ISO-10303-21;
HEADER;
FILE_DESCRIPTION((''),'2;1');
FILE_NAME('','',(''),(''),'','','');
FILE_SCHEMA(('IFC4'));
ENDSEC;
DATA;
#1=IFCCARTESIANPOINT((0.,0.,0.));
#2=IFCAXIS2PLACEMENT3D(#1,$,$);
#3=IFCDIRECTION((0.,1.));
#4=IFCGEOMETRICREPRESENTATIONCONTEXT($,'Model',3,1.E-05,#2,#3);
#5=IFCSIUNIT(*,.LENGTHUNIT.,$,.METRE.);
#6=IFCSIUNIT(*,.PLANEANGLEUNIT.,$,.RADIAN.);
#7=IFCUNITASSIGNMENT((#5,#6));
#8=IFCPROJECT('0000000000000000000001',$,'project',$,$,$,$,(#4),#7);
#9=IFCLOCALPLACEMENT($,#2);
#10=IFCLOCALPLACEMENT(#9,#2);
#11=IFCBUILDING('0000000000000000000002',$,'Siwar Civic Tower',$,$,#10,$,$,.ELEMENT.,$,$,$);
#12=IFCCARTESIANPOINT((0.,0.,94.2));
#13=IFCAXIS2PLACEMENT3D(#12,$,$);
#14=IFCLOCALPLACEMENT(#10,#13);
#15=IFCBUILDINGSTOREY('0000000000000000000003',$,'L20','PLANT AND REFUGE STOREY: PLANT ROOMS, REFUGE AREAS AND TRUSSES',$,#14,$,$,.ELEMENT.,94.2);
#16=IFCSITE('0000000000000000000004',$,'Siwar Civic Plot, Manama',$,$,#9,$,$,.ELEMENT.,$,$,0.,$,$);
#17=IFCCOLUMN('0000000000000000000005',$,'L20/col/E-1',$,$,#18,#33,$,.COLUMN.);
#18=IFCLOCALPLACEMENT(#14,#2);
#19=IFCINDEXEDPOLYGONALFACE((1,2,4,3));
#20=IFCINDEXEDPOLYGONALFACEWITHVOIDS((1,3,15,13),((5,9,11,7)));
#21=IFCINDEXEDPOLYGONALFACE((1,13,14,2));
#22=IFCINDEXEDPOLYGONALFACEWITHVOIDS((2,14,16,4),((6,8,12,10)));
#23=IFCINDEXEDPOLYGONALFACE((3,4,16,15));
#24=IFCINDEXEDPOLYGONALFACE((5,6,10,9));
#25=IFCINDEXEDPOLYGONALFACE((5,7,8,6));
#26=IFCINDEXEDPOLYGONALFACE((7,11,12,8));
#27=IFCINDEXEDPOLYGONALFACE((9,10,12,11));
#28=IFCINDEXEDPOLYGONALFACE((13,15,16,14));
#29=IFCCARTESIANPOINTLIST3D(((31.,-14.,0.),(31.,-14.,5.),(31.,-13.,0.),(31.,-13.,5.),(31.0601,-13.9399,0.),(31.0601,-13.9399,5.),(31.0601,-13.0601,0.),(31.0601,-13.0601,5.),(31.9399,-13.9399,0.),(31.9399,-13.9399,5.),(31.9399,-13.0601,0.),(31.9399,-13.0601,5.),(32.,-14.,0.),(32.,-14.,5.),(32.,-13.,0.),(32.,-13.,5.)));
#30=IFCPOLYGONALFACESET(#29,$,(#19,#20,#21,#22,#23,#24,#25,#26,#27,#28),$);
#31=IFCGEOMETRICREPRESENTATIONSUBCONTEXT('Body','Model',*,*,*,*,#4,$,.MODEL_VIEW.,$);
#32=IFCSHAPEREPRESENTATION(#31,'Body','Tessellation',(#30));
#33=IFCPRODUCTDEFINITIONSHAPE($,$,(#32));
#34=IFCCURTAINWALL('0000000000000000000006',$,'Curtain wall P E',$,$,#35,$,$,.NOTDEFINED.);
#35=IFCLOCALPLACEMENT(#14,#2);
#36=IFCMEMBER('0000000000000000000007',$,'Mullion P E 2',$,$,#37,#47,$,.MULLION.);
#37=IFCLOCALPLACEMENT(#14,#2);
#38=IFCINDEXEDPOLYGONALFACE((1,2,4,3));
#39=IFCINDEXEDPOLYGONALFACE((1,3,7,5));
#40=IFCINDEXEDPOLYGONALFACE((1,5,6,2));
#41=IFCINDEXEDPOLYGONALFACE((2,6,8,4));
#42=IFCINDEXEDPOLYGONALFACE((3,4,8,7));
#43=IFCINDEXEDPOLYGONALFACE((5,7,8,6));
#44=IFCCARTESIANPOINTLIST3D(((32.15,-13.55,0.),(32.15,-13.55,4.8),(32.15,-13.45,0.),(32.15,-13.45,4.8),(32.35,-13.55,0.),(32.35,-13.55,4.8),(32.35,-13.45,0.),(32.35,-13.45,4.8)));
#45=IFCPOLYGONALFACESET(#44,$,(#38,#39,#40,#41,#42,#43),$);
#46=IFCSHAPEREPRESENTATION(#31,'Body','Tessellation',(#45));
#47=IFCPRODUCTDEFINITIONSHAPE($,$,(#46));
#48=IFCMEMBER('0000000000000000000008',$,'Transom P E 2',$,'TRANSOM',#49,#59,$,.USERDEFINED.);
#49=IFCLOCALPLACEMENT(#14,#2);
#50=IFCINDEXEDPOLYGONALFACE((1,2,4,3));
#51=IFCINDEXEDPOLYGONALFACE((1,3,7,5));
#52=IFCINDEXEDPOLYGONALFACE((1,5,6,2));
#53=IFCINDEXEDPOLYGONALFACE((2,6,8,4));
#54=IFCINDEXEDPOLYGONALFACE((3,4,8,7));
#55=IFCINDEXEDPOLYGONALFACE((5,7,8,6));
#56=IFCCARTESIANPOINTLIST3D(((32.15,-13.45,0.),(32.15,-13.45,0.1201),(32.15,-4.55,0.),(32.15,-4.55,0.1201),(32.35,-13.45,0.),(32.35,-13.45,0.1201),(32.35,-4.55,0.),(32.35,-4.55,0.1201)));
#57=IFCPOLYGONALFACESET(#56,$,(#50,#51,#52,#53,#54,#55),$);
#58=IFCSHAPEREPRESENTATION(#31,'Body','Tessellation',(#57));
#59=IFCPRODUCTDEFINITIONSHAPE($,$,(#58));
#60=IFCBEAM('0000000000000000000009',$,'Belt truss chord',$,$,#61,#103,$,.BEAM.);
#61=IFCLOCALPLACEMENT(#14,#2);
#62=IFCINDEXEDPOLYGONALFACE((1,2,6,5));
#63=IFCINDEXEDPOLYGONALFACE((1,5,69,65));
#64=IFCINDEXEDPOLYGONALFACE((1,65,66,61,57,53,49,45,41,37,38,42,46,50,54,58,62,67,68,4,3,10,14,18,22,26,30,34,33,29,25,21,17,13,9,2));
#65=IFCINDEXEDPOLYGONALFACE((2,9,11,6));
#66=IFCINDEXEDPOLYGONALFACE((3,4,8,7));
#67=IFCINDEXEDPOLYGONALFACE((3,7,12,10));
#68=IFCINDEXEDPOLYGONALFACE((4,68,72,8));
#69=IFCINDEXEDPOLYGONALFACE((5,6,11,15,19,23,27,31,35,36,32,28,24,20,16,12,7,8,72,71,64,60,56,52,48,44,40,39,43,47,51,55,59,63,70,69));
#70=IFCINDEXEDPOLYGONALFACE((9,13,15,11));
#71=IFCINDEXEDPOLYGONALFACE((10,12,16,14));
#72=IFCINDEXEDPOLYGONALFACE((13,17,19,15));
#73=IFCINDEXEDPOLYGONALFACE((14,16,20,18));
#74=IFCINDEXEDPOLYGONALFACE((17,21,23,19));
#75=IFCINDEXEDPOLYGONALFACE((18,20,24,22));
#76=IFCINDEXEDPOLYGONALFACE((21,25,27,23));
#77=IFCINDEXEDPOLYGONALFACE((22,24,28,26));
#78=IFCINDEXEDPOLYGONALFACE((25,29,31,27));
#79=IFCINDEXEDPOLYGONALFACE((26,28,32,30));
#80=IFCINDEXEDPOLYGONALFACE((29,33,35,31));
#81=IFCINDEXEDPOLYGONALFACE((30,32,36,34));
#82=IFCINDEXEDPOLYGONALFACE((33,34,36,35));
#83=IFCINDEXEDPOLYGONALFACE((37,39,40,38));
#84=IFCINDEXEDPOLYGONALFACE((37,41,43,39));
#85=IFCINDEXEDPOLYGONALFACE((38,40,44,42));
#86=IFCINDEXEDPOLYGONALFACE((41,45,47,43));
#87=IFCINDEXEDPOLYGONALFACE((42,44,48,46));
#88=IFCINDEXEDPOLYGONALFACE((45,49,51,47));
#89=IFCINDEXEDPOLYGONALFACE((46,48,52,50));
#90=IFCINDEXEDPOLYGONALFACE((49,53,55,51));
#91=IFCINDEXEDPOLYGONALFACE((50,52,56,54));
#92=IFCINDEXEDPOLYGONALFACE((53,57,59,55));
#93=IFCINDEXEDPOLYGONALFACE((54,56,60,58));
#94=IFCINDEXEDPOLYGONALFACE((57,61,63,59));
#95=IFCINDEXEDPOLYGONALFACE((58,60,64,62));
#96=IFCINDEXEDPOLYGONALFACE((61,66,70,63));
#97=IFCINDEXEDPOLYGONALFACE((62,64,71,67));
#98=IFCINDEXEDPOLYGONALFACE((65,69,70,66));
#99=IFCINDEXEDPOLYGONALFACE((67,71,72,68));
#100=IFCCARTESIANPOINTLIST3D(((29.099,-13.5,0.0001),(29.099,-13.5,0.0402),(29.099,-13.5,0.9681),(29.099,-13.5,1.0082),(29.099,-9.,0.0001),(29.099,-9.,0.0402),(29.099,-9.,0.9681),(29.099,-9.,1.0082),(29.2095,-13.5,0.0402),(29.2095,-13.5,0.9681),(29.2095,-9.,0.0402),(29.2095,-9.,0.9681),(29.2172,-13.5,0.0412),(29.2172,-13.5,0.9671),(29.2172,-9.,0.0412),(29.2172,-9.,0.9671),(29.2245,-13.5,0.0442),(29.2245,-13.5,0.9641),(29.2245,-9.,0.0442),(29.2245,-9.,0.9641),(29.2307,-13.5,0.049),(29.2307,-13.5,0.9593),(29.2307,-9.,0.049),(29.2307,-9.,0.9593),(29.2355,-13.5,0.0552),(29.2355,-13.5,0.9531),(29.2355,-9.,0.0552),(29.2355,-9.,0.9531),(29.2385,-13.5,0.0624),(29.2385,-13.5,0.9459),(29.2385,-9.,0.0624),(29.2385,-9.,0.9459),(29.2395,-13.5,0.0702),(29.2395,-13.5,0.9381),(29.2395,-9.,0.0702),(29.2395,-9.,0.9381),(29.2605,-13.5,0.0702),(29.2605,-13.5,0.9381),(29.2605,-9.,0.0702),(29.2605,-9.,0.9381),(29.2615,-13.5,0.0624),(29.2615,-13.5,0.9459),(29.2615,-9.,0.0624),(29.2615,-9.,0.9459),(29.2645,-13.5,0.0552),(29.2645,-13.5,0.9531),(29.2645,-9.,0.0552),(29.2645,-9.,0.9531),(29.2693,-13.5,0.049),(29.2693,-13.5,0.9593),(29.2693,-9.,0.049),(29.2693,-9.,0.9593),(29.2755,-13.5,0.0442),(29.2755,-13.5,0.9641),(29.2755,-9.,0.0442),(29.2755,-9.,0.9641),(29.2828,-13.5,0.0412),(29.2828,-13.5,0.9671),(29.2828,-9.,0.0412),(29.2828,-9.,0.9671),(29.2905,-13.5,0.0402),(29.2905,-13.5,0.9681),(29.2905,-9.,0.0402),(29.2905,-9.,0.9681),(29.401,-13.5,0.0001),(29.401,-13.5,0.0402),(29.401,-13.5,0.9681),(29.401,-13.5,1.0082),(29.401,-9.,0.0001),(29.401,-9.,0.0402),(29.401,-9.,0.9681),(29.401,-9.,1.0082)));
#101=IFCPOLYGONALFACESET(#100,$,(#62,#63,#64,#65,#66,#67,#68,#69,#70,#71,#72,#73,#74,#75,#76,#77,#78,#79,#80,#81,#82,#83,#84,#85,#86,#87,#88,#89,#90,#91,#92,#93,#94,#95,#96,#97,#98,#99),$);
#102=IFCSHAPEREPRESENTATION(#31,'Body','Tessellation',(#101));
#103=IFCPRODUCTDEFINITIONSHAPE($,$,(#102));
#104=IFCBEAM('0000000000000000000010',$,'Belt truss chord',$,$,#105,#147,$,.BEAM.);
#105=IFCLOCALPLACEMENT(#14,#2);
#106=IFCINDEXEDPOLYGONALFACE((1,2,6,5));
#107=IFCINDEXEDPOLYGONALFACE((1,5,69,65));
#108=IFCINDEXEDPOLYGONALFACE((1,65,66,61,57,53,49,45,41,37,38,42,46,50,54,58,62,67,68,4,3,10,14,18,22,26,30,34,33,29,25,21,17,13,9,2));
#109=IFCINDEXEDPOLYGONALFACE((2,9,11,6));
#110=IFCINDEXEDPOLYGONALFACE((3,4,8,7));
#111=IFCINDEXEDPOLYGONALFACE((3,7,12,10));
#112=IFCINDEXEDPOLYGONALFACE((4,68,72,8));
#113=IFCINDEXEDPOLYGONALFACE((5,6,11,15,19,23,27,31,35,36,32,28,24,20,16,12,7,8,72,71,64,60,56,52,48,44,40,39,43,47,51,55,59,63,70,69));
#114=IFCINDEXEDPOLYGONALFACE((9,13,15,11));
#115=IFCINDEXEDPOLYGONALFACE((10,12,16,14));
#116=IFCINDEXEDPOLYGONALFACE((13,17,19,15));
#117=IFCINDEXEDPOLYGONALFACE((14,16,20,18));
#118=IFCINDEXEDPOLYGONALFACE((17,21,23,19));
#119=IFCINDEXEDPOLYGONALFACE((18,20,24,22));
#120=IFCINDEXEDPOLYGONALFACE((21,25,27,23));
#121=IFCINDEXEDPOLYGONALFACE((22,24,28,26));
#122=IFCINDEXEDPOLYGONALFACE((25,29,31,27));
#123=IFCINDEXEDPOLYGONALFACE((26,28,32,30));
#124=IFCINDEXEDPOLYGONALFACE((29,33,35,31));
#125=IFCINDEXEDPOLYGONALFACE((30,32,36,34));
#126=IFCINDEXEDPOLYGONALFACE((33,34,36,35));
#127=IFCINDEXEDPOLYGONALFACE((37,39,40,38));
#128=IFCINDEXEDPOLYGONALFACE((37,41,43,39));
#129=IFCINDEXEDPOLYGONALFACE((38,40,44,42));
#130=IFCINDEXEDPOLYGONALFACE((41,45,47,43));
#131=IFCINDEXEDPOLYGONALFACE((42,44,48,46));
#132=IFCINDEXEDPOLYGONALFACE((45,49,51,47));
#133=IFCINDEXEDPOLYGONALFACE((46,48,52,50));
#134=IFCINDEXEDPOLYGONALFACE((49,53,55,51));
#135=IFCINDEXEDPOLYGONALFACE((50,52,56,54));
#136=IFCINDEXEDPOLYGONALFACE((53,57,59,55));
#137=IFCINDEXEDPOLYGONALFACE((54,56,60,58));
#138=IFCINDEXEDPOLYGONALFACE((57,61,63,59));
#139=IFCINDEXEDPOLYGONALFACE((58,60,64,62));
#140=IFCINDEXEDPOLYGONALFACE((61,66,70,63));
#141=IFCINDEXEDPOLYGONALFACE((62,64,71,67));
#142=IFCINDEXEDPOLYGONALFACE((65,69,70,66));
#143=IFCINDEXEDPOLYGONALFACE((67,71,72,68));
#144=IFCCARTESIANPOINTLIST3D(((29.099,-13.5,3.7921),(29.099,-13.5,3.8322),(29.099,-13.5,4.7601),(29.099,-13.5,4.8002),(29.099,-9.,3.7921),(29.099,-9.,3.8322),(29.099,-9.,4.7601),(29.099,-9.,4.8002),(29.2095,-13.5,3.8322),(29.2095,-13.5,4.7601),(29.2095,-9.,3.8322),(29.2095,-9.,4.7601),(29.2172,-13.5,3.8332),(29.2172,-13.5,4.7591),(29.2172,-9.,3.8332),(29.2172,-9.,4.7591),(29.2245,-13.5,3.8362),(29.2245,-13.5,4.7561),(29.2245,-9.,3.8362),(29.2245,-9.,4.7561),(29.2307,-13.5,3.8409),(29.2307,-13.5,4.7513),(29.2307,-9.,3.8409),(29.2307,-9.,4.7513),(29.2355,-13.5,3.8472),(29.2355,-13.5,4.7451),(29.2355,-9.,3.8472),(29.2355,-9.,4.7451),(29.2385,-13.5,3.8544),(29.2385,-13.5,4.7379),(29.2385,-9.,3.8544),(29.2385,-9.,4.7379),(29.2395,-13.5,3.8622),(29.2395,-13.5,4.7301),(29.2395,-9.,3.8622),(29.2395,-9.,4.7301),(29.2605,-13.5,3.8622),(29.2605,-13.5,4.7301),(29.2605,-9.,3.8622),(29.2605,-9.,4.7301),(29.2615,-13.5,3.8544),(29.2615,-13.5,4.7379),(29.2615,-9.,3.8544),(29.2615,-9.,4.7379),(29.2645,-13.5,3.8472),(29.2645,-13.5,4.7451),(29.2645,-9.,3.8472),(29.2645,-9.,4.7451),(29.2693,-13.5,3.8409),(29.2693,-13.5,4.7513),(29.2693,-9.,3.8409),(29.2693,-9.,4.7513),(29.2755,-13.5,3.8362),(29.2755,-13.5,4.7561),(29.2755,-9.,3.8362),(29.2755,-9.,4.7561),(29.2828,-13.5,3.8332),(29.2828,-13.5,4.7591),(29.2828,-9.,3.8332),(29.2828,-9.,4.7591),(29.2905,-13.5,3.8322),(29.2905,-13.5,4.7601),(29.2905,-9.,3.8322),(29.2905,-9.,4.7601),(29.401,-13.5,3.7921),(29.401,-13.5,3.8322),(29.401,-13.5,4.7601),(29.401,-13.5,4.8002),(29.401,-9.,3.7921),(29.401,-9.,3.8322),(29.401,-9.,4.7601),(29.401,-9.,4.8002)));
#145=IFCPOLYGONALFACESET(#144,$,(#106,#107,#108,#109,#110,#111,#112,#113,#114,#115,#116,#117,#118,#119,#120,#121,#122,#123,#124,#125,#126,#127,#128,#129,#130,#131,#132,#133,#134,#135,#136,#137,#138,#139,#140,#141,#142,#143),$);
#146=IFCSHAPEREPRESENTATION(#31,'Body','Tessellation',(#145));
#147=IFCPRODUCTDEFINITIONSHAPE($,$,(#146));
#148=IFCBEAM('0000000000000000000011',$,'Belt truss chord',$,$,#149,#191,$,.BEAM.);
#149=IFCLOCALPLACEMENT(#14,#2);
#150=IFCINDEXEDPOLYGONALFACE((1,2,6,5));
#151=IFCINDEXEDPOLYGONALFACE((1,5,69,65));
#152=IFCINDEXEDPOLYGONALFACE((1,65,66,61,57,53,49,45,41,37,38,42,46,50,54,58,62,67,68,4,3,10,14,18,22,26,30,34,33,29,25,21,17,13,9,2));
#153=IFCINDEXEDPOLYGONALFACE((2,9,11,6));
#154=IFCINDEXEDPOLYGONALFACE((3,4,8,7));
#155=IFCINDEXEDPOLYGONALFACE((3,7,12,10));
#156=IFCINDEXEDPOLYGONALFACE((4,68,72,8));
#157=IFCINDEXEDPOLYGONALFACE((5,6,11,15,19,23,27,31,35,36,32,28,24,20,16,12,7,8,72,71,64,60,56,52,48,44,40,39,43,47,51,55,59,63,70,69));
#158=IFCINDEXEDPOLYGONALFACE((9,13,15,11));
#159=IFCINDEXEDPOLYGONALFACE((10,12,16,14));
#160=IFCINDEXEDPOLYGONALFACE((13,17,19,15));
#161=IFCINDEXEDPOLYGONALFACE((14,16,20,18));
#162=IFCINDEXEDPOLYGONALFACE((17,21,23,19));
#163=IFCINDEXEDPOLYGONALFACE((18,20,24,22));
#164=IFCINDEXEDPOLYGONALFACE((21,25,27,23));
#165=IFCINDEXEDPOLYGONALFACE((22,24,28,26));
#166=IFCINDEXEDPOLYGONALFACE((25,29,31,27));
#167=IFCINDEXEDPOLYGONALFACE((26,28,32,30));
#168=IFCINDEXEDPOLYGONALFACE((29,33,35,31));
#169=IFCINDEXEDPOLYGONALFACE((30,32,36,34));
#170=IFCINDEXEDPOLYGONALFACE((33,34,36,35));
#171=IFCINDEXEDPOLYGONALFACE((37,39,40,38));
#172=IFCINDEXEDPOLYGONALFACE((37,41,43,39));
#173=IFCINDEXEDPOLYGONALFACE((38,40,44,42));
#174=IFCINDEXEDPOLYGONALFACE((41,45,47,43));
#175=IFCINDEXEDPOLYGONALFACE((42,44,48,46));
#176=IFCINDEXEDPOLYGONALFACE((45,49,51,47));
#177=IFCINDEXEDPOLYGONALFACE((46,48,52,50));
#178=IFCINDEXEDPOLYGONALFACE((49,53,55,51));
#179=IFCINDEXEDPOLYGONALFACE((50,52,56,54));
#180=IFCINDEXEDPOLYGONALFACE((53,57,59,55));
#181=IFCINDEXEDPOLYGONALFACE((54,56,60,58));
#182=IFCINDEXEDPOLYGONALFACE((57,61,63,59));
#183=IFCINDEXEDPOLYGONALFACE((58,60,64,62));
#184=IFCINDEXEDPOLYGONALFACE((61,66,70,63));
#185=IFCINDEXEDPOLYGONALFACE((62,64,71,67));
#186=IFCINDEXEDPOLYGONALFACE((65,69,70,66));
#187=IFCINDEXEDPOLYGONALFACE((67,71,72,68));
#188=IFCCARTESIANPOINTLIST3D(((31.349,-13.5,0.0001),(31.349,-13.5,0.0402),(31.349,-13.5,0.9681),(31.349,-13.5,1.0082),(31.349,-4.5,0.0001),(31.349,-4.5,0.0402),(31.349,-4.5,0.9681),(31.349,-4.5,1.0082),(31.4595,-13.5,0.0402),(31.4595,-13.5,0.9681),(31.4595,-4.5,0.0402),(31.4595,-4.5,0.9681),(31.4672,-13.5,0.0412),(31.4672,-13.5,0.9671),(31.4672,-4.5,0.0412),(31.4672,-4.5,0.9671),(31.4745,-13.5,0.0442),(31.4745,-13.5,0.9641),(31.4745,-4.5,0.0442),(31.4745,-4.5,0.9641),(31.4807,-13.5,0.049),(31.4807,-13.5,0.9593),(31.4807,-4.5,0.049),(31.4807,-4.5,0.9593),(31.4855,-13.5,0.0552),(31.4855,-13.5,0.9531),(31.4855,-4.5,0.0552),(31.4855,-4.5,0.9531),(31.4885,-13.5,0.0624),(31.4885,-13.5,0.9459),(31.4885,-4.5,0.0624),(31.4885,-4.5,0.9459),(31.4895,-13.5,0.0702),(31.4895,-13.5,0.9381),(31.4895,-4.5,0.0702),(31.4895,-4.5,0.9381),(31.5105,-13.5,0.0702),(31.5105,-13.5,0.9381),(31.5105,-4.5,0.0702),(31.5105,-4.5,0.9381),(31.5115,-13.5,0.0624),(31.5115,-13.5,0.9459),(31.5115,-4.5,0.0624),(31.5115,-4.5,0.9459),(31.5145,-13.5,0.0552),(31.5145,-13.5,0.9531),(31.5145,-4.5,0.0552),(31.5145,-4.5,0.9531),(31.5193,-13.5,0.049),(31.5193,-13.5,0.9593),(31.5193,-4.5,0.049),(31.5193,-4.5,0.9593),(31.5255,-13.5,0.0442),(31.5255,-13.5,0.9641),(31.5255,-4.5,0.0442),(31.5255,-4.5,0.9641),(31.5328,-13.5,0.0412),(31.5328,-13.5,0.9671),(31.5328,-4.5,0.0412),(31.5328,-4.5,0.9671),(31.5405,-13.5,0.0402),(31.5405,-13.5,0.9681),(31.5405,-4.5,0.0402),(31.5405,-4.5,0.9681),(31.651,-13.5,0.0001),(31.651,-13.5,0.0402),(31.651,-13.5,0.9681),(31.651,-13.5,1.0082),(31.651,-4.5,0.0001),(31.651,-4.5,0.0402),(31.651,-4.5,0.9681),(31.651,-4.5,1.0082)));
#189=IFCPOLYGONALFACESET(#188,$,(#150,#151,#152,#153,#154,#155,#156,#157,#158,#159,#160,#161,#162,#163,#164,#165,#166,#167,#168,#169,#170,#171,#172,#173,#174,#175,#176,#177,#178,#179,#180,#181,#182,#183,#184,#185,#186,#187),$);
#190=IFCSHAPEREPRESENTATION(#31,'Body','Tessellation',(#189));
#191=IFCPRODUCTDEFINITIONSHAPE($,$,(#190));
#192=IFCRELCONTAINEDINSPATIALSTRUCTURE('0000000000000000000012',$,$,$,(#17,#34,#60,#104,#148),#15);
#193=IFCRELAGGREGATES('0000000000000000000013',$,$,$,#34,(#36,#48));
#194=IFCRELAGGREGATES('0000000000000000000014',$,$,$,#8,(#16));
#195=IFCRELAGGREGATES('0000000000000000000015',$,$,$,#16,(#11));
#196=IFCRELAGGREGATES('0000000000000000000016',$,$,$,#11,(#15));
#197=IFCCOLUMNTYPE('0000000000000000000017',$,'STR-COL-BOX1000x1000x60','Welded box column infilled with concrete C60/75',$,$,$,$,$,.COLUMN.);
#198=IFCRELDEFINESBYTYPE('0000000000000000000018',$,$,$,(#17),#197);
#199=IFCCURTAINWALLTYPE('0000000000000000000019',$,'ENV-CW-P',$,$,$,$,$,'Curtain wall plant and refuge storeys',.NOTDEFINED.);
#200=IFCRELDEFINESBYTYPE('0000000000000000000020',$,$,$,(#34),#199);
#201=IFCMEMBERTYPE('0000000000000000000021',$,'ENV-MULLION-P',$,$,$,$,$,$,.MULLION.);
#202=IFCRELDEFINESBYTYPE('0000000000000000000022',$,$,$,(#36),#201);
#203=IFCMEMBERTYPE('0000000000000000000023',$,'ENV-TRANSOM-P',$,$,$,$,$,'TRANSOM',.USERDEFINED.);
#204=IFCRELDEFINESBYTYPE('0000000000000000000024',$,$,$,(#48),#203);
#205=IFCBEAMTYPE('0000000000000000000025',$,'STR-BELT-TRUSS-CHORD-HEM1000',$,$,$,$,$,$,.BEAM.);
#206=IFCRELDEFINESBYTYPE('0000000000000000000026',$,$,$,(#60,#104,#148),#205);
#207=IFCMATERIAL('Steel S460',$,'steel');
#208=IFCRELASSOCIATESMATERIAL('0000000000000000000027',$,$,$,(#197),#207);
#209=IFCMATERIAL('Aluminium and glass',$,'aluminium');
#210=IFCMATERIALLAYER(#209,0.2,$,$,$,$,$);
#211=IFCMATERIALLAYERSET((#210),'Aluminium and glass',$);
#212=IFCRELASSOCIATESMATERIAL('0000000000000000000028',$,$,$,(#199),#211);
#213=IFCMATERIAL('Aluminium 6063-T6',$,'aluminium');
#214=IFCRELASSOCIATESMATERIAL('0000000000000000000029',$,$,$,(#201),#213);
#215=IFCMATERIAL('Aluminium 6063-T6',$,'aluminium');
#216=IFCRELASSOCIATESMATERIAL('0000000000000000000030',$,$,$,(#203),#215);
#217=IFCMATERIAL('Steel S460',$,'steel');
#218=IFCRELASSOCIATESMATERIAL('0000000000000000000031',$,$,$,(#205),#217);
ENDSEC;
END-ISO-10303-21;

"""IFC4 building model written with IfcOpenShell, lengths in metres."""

from ifc_helpers import new_model, si_unit, direction, frame, origin, origin_2d, place, context, subcontext, project, spatial, rectangle, hollow_rectangle, i_section, extrude, material, layer, layer_set, material_profile, profile_set, type_object, element, aggregate, save


model = new_model("IFC4")

# Units and contexts
model_context = context("Model", 3, precision=1e-05, world=origin(), true_north=direction((0.0, 1.0)))
body_context = subcontext(model_context, "Body", "Model", "MODEL_VIEW")
ifc_project = project(units=[si_unit("LENGTHUNIT", "METRE"), si_unit("PLANEANGLEUNIT", "RADIAN")], contexts=[model_context])

# Site, building, storey
site_placement = place(None, origin())
site = spatial("IfcSite", under=ifc_project, at=site_placement, Name="Siwar Civic Plot, Manama", CompositionType="ELEMENT", RefElevation=0.0)
building_placement = place(site_placement, origin())
building = spatial("IfcBuilding", under=site, at=building_placement, Name="Siwar Civic Tower", CompositionType="ELEMENT")
storey_placement = place(building_placement, frame((0.0, 0.0, 94.2)))
storey = spatial("IfcBuildingStorey", under=building, at=storey_placement, Name="L20", Description="PLANT AND REFUGE STOREY: PLANT ROOMS, REFUGE AREAS AND TRUSSES", CompositionType="ELEMENT", Elevation=94.2)

# Column
ifc_material_1 = material(Name="Steel S460", Category="steel")
ifc_material_profile_1 = material_profile(ifc_material_1, hollow_rectangle(XDim=1.0, YDim=1.0, WallThickness=0.0601, at=origin_2d()), Name="BOX1000x1000x60")
ifc_profile_set_1 = profile_set([ifc_material_profile_1], Name="Steel S460")
column_type = type_object("IfcColumnType", Name="STR-COL-BOX1000x1000x60", Description="Welded box column infilled with concrete C60/75", PredefinedType="COLUMN", material=ifc_profile_set_1)
column_placement = place(storey_placement, frame((31.5, -13.5, 0.0), z_axis=(0.0, 0.0, 1.0), x_axis=(1.0, 0.0, 0.0)))
element("IfcColumn", 1, at=column_placement, inside=storey, type_object=column_type, Name="L20/col/E-1", PredefinedType="COLUMN", context=body_context, shape_type="SweptSolid", body=[
    extrude(hollow_rectangle(XDim=1.0, YDim=1.0, WallThickness=0.0601, at=origin_2d()), origin(), (0.0, 0.0, 1.0), 5.0),
])

# Curtain wall, members
ifc_material_2 = material(Name="Aluminium and glass", Category="aluminium")
ifc_layer_1 = layer(ifc_material_2, 0.2)
ifc_layer_set_1 = layer_set([ifc_layer_1], Name="Aluminium and glass")
curtain_wall_type = type_object("IfcCurtainWallType", Name="ENV-CW-P", ElementType="Curtain wall plant and refuge storeys", PredefinedType="NOTDEFINED", material=ifc_layer_set_1)
curtain_wall_placement = place(storey_placement, origin())
curtain_wall = element("IfcCurtainWall", 2, at=curtain_wall_placement, inside=storey, type_object=curtain_wall_type, Name="Curtain wall P E", PredefinedType="NOTDEFINED")
ifc_material_3 = material(Name="Aluminium 6063-T6", Category="aluminium")
ifc_material_profile_2 = material_profile(ifc_material_3, rectangle(XDim=0.2, YDim=0.1001, at=origin_2d()), Name="AL 200x100")
ifc_profile_set_2 = profile_set([ifc_material_profile_2], Name="Aluminium 6063-T6")
member_type_1 = type_object("IfcMemberType", Name="ENV-MULLION-P", PredefinedType="MULLION", material=ifc_profile_set_2)
member_1_placement = place(storey_placement, frame((32.25, -13.5, 0.0), z_axis=(0.0, 0.0, 1.0), x_axis=(-1.0, 0.0, 0.0)))
member_1 = element("IfcMember", 3, at=member_1_placement, type_object=member_type_1, Name="Mullion P E 2", PredefinedType="MULLION", context=body_context, shape_type="SweptSolid", body=[
    extrude(rectangle(XDim=0.2, YDim=0.1001, at=origin_2d()), origin(), (0.0, 0.0, 1.0), 4.8),
])
ifc_material_4 = material(Name="Aluminium 6063-T6", Category="aluminium")
ifc_material_profile_3 = material_profile(ifc_material_4, rectangle(XDim=0.2, YDim=0.1201, at=origin_2d()), Name="AL 200x120")
ifc_profile_set_3 = profile_set([ifc_material_profile_3], Name="Aluminium 6063-T6")
member_type_2 = type_object("IfcMemberType", Name="ENV-TRANSOM-P", ElementType="TRANSOM", PredefinedType="USERDEFINED", material=ifc_profile_set_3)
member_2_placement = place(storey_placement, frame((32.25, -13.45, 0.0601), z_axis=(0.0, 1.0, 0.0), x_axis=(-1.0, 0.0, 0.0)))
member_2 = element("IfcMember", 4, at=member_2_placement, type_object=member_type_2, Name="Transom P E 2", ObjectType="TRANSOM", PredefinedType="USERDEFINED", context=body_context, shape_type="SweptSolid", body=[
    extrude(rectangle(XDim=0.2, YDim=0.1201, at=origin_2d()), origin(), (0.0, 0.0, 1.0), 8.8999),
])
aggregate(curtain_wall, [member_1, member_2])

# Beams
ifc_material_5 = material(Name="Steel S460", Category="steel")
ifc_material_profile_4 = material_profile(ifc_material_5, i_section(OverallWidth=0.302, OverallDepth=1.0081, WebThickness=0.021, FlangeThickness=0.04, FilletRadius=0.03, at=origin_2d()), Name="HEM1000")
ifc_profile_set_4 = profile_set([ifc_material_profile_4], Name="Steel S460")
beam_type_1 = type_object("IfcBeamType", Name="STR-BELT-TRUSS-CHORD-HEM1000", PredefinedType="BEAM", material=ifc_profile_set_4)
for number, where, z_axis, x_axis, name in (
    (5, (29.25, -13.5, 0.5042), (0.0, 1.0, 0.0), (-1.0, 0.0, 0.0), "Belt truss chord"),
    (6, (29.25, -13.5, 4.2961), (0.0, 1.0, 0.0), (-1.0, 0.0, 0.0), "Belt truss chord"),
):
    element("IfcBeam", number, at=place(storey_placement, frame(where, z_axis=z_axis, x_axis=x_axis)), inside=storey, type_object=beam_type_1, Name=name, PredefinedType="BEAM", context=body_context, shape_type="SweptSolid", body=[
        extrude(i_section(OverallWidth=0.302, OverallDepth=1.0081, WebThickness=0.021, FlangeThickness=0.04, FilletRadius=0.03, at=origin_2d()), origin(), (0.0, 0.0, 1.0), 4.5),
    ])
for number, where, z_axis, x_axis, name in (
    (7, (31.5, -13.5, 0.5042), (0.0, 1.0, 0.0), (-1.0, 0.0, 0.0), "Belt truss chord"),
):
    element("IfcBeam", number, at=place(storey_placement, frame(where, z_axis=z_axis, x_axis=x_axis)), inside=storey, type_object=beam_type_1, Name=name, PredefinedType="BEAM", context=body_context, shape_type="SweptSolid", body=[
        extrude(i_section(OverallWidth=0.302, OverallDepth=1.0081, WebThickness=0.021, FlangeThickness=0.04, FilletRadius=0.03, at=origin_2d()), origin(), (0.0, 0.0, 1.0), 9.0),
    ])

save(model, "model.ifc")
